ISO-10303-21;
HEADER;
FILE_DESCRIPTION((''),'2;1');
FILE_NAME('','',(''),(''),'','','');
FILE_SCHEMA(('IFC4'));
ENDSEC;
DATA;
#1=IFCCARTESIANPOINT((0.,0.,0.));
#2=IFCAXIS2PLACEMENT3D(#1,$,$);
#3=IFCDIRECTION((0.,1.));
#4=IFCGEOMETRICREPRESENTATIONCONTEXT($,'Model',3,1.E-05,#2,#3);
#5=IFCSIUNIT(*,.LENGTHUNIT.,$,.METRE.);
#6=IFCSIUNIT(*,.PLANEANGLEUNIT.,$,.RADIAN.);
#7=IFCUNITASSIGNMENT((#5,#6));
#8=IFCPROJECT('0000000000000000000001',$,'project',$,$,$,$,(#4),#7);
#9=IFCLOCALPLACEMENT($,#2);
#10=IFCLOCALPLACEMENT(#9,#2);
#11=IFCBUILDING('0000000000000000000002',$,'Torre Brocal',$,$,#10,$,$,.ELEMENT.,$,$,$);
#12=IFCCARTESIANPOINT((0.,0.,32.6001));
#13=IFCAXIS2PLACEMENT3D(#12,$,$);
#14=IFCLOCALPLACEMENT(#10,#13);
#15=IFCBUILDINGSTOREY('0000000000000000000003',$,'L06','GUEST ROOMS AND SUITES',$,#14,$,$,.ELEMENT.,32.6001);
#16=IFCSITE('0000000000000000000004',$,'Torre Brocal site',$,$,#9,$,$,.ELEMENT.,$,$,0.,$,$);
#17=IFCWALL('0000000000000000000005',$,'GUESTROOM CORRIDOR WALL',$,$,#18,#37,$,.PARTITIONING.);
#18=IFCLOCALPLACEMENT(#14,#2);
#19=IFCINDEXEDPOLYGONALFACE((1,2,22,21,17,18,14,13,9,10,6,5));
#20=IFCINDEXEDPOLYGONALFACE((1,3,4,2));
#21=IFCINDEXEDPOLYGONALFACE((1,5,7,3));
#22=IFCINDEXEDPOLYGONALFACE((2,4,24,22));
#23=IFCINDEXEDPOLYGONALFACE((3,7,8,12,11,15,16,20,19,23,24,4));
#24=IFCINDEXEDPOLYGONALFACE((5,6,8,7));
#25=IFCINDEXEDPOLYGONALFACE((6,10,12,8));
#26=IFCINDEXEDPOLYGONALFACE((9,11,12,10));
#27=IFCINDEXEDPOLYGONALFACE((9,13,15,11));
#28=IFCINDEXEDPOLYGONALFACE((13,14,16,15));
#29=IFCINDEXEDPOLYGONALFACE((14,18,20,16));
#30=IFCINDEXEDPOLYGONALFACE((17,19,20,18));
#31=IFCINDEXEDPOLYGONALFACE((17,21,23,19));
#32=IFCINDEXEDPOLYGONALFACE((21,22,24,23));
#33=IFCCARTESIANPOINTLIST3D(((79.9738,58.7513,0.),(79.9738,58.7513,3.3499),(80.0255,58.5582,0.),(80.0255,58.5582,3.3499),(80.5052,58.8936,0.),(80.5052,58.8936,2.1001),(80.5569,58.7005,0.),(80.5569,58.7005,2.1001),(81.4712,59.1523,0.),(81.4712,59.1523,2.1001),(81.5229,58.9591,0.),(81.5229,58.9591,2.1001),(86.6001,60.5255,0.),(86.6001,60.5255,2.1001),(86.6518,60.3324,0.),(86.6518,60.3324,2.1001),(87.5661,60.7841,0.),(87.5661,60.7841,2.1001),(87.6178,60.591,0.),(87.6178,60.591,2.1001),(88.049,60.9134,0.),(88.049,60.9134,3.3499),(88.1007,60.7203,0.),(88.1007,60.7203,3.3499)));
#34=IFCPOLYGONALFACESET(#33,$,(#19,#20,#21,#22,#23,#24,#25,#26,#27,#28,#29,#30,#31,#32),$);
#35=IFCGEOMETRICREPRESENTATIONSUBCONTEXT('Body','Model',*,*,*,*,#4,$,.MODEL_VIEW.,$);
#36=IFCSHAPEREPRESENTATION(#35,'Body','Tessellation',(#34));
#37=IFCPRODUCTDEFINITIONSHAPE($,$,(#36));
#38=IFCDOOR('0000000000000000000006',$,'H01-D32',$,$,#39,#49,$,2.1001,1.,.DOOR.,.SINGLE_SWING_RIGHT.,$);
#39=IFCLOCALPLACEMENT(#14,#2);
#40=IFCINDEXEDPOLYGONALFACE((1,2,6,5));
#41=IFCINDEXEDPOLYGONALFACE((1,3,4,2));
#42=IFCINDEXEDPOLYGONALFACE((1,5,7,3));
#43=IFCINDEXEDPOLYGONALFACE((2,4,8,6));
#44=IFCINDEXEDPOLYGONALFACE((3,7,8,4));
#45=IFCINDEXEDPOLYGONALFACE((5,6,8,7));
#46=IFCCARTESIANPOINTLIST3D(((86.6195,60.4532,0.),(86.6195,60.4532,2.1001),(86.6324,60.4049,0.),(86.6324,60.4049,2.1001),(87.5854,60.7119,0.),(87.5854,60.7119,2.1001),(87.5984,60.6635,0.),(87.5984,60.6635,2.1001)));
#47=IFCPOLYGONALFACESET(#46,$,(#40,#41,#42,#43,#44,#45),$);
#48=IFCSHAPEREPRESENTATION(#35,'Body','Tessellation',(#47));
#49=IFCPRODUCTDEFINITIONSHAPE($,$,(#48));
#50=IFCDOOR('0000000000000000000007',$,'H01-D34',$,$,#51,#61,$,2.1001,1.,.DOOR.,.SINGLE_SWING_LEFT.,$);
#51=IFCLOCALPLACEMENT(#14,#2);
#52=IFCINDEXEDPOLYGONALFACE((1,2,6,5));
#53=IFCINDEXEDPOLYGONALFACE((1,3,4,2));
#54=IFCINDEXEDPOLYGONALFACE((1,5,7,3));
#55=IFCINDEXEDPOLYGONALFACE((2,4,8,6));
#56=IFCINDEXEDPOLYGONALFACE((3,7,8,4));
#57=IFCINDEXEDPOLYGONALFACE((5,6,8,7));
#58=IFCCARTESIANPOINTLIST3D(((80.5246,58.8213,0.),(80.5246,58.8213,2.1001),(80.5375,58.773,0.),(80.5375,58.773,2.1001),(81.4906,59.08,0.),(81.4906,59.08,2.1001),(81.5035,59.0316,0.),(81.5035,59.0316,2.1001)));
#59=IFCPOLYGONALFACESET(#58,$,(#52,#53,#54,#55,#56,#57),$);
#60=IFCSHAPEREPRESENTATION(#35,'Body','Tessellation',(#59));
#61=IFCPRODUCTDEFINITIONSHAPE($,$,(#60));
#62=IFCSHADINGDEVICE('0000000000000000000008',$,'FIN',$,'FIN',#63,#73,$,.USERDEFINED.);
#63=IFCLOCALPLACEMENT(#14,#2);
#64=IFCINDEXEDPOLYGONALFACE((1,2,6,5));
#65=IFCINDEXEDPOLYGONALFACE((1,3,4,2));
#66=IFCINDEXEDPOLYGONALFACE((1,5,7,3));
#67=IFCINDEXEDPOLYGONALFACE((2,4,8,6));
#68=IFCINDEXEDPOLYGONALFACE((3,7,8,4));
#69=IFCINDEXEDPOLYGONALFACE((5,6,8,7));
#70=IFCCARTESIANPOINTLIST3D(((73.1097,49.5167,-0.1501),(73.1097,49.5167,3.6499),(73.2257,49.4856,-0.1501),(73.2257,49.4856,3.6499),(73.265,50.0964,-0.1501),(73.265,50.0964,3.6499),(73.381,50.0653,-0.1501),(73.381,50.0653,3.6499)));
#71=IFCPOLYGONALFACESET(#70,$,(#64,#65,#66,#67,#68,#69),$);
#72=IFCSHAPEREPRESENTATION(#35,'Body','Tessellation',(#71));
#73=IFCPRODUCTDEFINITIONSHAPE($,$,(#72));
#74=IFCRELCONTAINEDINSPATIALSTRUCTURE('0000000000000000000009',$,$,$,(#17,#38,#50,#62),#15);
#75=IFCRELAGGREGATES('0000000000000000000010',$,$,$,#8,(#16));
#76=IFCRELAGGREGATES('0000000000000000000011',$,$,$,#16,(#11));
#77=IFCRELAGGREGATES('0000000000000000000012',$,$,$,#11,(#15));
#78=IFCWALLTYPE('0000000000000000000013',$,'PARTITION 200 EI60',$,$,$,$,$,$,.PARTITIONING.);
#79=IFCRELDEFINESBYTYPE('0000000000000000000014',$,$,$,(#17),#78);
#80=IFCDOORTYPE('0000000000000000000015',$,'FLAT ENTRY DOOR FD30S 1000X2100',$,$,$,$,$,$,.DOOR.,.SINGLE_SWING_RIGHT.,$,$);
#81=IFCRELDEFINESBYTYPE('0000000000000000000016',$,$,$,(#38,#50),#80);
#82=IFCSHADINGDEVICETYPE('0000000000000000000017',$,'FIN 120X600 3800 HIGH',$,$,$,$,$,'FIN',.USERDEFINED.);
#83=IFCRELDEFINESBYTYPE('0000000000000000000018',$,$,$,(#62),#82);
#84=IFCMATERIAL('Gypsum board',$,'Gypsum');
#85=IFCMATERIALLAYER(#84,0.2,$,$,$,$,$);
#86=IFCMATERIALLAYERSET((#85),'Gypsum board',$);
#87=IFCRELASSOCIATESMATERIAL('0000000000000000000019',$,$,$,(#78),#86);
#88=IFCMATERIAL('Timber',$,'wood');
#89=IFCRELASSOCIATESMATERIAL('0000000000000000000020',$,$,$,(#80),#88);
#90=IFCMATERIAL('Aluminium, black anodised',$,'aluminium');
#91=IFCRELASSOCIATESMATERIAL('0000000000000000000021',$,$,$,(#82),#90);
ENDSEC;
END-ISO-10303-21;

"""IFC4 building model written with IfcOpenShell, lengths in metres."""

from ifc_helpers import new_model, si_unit, direction, frame, frame_2d, origin, origin_2d, place, context, subcontext, project, spatial, rectangle, extrude, material, layer, layer_set, material_profile, profile_set, type_object, element, fill, save


model = new_model("IFC4")

# Units and contexts
model_context = context("Model", 3, precision=1e-05, world=origin(), true_north=direction((0.0, 1.0)))
body_context = subcontext(model_context, "Body", "Model", "MODEL_VIEW")
ifc_project = project(units=[si_unit("LENGTHUNIT", "METRE"), si_unit("PLANEANGLEUNIT", "RADIAN")], contexts=[model_context])

# Site, building, storey
site_placement = place(None, origin())
site = spatial("IfcSite", under=ifc_project, at=site_placement, Name="Torre Brocal site", CompositionType="ELEMENT", RefElevation=0.0)
building_placement = place(site_placement, origin())
building = spatial("IfcBuilding", under=site, at=building_placement, Name="Torre Brocal", CompositionType="ELEMENT")
storey_placement = place(building_placement, frame((0.0, 0.0, 32.6001)))
storey = spatial("IfcBuildingStorey", under=building, at=storey_placement, Name="L06", Description="GUEST ROOMS AND SUITES", CompositionType="ELEMENT", Elevation=32.6001)

# Shared definitions
ifc_material_1 = material(Name="Gypsum board", Category="Gypsum")
ifc_layer_1 = layer(ifc_material_1, 0.2)
ifc_layer_set_1 = layer_set([ifc_layer_1], Name="Gypsum board")
wall_type_1 = type_object("IfcWallType", Name="PARTITION 200 EI60", PredefinedType="PARTITIONING", material=ifc_layer_set_1)

# Wall, openings, doors
wall_1_placement = place(storey_placement, frame((79.9998, 58.6548, 0.0), z_axis=(0.0, 0.0, 1.0), x_axis=(0.965975, 0.258637, 0.0)))
wall_1 = element("IfcWall", 1, at=wall_1_placement, inside=storey, type_object=wall_type_1, Name="GUESTROOM CORRIDOR WALL", PredefinedType="PARTITIONING", context=body_context, shape_type="SweptSolid", body=[
    extrude(rectangle(XDim=8.3596, YDim=0.2, at=frame_2d((4.1797, 0.0))), origin(), (0.0, 0.0, 1.0), 3.3499),
])
opening_1_placement = place(wall_1_placement, frame((6.8596, 0.0, 0.0)))
opening_1 = element("IfcOpeningElement", 2, at=opening_1_placement, cuts=wall_1, PredefinedType="OPENING", context=body_context, shape_type="SweptSolid", body=[
    extrude(rectangle(XDim=1.0, YDim=2.1001, at=frame_2d((0.5, 1.05))), frame((0.0, 0.1099, 0.0), z_axis=(0.0, -1.0, 0.0), x_axis=(1.0, 0.0, 0.0)), (0.0, 0.0, 1.0), 0.22),
])
opening_2_placement = place(wall_1_placement, frame((0.55, 0.0, 0.0)))
opening_2 = element("IfcOpeningElement", 3, at=opening_2_placement, cuts=wall_1, PredefinedType="OPENING", context=body_context, shape_type="SweptSolid", body=[
    extrude(rectangle(XDim=1.0, YDim=2.1001, at=frame_2d((0.5, 1.05))), frame((0.0, 0.1099, 0.0), z_axis=(0.0, -1.0, 0.0), x_axis=(1.0, 0.0, 0.0)), (0.0, 0.0, 1.0), 0.22),
])
ifc_material_2 = material(Name="Timber", Category="wood")
door_type_1 = type_object("IfcDoorType", Name="FLAT ENTRY DOOR FD30S 1000X2100", OperationType="SINGLE_SWING_RIGHT", PredefinedType="DOOR", material=ifc_material_2)
door_1_placement = place(opening_1_placement, frame((1.0, 0.0, 0.0), z_axis=(0.0, 0.0, 1.0), x_axis=(-1.0, 0.0, 0.0)))
door_1 = element("IfcDoor", 4, at=door_1_placement, inside=storey, type_object=door_type_1, Name="H01-D32", OperationType="SINGLE_SWING_RIGHT", OverallHeight=2.1001, OverallWidth=1.0, PredefinedType="DOOR", context=body_context, shape_type="SweptSolid", body=[
    extrude(rectangle(XDim=1.0, YDim=2.1001, at=frame_2d((0.5, 1.05))), frame((0.0, 0.0249, 0.0), z_axis=(0.0, -1.0, 0.0), x_axis=(1.0, 0.0, 0.0)), (0.0, 0.0, 1.0), 0.05),
])
fill(opening_1, door_1)
door_2_placement = place(opening_2_placement, frame((1.0, 0.0, 0.0), z_axis=(0.0, 0.0, 1.0), x_axis=(-1.0, 0.0, 0.0)))
door_2 = element("IfcDoor", 5, at=door_2_placement, inside=storey, type_object=door_type_1, Name="H01-D34", OperationType="SINGLE_SWING_LEFT", OverallHeight=2.1001, OverallWidth=1.0, PredefinedType="DOOR", context=body_context, shape_type="SweptSolid", body=[
    extrude(rectangle(XDim=1.0, YDim=2.1001, at=frame_2d((0.5, 1.05))), frame((0.0, 0.0249, 0.0), z_axis=(0.0, -1.0, 0.0), x_axis=(1.0, 0.0, 0.0)), (0.0, 0.0, 1.0), 0.05),
])
fill(opening_2, door_2)

# Shading device
ifc_material_3 = material(Name="Aluminium, black anodised", Category="aluminium")
ifc_material_profile_1 = material_profile(ifc_material_3, rectangle(XDim=0.1201, YDim=0.6001, at=origin_2d()), Name="FIN 120X600 3800 HIGH")
ifc_profile_set_1 = profile_set([ifc_material_profile_1], Name="Aluminium, black anodised")
shading_device_type = type_object("IfcShadingDeviceType", Name="FIN 120X600 3800 HIGH", ElementType="FIN", PredefinedType="USERDEFINED", material=ifc_profile_set_1)
shading_device_placement = place(storey_placement, frame((73.2454, 49.791, -0.1501), z_axis=(0.0, 0.0, 1.0), x_axis=(0.965926, -0.258819, 0.0)))
element("IfcShadingDevice", 6, at=shading_device_placement, inside=storey, type_object=shading_device_type, Name="FIN", ObjectType="FIN", PredefinedType="USERDEFINED", context=body_context, shape_type="SweptSolid", body=[
    extrude(rectangle(XDim=0.1201, YDim=0.6001, at=origin_2d()), origin(), (0.0, 0.0, 1.0), 3.8),
])

save(model, "model.ifc")
